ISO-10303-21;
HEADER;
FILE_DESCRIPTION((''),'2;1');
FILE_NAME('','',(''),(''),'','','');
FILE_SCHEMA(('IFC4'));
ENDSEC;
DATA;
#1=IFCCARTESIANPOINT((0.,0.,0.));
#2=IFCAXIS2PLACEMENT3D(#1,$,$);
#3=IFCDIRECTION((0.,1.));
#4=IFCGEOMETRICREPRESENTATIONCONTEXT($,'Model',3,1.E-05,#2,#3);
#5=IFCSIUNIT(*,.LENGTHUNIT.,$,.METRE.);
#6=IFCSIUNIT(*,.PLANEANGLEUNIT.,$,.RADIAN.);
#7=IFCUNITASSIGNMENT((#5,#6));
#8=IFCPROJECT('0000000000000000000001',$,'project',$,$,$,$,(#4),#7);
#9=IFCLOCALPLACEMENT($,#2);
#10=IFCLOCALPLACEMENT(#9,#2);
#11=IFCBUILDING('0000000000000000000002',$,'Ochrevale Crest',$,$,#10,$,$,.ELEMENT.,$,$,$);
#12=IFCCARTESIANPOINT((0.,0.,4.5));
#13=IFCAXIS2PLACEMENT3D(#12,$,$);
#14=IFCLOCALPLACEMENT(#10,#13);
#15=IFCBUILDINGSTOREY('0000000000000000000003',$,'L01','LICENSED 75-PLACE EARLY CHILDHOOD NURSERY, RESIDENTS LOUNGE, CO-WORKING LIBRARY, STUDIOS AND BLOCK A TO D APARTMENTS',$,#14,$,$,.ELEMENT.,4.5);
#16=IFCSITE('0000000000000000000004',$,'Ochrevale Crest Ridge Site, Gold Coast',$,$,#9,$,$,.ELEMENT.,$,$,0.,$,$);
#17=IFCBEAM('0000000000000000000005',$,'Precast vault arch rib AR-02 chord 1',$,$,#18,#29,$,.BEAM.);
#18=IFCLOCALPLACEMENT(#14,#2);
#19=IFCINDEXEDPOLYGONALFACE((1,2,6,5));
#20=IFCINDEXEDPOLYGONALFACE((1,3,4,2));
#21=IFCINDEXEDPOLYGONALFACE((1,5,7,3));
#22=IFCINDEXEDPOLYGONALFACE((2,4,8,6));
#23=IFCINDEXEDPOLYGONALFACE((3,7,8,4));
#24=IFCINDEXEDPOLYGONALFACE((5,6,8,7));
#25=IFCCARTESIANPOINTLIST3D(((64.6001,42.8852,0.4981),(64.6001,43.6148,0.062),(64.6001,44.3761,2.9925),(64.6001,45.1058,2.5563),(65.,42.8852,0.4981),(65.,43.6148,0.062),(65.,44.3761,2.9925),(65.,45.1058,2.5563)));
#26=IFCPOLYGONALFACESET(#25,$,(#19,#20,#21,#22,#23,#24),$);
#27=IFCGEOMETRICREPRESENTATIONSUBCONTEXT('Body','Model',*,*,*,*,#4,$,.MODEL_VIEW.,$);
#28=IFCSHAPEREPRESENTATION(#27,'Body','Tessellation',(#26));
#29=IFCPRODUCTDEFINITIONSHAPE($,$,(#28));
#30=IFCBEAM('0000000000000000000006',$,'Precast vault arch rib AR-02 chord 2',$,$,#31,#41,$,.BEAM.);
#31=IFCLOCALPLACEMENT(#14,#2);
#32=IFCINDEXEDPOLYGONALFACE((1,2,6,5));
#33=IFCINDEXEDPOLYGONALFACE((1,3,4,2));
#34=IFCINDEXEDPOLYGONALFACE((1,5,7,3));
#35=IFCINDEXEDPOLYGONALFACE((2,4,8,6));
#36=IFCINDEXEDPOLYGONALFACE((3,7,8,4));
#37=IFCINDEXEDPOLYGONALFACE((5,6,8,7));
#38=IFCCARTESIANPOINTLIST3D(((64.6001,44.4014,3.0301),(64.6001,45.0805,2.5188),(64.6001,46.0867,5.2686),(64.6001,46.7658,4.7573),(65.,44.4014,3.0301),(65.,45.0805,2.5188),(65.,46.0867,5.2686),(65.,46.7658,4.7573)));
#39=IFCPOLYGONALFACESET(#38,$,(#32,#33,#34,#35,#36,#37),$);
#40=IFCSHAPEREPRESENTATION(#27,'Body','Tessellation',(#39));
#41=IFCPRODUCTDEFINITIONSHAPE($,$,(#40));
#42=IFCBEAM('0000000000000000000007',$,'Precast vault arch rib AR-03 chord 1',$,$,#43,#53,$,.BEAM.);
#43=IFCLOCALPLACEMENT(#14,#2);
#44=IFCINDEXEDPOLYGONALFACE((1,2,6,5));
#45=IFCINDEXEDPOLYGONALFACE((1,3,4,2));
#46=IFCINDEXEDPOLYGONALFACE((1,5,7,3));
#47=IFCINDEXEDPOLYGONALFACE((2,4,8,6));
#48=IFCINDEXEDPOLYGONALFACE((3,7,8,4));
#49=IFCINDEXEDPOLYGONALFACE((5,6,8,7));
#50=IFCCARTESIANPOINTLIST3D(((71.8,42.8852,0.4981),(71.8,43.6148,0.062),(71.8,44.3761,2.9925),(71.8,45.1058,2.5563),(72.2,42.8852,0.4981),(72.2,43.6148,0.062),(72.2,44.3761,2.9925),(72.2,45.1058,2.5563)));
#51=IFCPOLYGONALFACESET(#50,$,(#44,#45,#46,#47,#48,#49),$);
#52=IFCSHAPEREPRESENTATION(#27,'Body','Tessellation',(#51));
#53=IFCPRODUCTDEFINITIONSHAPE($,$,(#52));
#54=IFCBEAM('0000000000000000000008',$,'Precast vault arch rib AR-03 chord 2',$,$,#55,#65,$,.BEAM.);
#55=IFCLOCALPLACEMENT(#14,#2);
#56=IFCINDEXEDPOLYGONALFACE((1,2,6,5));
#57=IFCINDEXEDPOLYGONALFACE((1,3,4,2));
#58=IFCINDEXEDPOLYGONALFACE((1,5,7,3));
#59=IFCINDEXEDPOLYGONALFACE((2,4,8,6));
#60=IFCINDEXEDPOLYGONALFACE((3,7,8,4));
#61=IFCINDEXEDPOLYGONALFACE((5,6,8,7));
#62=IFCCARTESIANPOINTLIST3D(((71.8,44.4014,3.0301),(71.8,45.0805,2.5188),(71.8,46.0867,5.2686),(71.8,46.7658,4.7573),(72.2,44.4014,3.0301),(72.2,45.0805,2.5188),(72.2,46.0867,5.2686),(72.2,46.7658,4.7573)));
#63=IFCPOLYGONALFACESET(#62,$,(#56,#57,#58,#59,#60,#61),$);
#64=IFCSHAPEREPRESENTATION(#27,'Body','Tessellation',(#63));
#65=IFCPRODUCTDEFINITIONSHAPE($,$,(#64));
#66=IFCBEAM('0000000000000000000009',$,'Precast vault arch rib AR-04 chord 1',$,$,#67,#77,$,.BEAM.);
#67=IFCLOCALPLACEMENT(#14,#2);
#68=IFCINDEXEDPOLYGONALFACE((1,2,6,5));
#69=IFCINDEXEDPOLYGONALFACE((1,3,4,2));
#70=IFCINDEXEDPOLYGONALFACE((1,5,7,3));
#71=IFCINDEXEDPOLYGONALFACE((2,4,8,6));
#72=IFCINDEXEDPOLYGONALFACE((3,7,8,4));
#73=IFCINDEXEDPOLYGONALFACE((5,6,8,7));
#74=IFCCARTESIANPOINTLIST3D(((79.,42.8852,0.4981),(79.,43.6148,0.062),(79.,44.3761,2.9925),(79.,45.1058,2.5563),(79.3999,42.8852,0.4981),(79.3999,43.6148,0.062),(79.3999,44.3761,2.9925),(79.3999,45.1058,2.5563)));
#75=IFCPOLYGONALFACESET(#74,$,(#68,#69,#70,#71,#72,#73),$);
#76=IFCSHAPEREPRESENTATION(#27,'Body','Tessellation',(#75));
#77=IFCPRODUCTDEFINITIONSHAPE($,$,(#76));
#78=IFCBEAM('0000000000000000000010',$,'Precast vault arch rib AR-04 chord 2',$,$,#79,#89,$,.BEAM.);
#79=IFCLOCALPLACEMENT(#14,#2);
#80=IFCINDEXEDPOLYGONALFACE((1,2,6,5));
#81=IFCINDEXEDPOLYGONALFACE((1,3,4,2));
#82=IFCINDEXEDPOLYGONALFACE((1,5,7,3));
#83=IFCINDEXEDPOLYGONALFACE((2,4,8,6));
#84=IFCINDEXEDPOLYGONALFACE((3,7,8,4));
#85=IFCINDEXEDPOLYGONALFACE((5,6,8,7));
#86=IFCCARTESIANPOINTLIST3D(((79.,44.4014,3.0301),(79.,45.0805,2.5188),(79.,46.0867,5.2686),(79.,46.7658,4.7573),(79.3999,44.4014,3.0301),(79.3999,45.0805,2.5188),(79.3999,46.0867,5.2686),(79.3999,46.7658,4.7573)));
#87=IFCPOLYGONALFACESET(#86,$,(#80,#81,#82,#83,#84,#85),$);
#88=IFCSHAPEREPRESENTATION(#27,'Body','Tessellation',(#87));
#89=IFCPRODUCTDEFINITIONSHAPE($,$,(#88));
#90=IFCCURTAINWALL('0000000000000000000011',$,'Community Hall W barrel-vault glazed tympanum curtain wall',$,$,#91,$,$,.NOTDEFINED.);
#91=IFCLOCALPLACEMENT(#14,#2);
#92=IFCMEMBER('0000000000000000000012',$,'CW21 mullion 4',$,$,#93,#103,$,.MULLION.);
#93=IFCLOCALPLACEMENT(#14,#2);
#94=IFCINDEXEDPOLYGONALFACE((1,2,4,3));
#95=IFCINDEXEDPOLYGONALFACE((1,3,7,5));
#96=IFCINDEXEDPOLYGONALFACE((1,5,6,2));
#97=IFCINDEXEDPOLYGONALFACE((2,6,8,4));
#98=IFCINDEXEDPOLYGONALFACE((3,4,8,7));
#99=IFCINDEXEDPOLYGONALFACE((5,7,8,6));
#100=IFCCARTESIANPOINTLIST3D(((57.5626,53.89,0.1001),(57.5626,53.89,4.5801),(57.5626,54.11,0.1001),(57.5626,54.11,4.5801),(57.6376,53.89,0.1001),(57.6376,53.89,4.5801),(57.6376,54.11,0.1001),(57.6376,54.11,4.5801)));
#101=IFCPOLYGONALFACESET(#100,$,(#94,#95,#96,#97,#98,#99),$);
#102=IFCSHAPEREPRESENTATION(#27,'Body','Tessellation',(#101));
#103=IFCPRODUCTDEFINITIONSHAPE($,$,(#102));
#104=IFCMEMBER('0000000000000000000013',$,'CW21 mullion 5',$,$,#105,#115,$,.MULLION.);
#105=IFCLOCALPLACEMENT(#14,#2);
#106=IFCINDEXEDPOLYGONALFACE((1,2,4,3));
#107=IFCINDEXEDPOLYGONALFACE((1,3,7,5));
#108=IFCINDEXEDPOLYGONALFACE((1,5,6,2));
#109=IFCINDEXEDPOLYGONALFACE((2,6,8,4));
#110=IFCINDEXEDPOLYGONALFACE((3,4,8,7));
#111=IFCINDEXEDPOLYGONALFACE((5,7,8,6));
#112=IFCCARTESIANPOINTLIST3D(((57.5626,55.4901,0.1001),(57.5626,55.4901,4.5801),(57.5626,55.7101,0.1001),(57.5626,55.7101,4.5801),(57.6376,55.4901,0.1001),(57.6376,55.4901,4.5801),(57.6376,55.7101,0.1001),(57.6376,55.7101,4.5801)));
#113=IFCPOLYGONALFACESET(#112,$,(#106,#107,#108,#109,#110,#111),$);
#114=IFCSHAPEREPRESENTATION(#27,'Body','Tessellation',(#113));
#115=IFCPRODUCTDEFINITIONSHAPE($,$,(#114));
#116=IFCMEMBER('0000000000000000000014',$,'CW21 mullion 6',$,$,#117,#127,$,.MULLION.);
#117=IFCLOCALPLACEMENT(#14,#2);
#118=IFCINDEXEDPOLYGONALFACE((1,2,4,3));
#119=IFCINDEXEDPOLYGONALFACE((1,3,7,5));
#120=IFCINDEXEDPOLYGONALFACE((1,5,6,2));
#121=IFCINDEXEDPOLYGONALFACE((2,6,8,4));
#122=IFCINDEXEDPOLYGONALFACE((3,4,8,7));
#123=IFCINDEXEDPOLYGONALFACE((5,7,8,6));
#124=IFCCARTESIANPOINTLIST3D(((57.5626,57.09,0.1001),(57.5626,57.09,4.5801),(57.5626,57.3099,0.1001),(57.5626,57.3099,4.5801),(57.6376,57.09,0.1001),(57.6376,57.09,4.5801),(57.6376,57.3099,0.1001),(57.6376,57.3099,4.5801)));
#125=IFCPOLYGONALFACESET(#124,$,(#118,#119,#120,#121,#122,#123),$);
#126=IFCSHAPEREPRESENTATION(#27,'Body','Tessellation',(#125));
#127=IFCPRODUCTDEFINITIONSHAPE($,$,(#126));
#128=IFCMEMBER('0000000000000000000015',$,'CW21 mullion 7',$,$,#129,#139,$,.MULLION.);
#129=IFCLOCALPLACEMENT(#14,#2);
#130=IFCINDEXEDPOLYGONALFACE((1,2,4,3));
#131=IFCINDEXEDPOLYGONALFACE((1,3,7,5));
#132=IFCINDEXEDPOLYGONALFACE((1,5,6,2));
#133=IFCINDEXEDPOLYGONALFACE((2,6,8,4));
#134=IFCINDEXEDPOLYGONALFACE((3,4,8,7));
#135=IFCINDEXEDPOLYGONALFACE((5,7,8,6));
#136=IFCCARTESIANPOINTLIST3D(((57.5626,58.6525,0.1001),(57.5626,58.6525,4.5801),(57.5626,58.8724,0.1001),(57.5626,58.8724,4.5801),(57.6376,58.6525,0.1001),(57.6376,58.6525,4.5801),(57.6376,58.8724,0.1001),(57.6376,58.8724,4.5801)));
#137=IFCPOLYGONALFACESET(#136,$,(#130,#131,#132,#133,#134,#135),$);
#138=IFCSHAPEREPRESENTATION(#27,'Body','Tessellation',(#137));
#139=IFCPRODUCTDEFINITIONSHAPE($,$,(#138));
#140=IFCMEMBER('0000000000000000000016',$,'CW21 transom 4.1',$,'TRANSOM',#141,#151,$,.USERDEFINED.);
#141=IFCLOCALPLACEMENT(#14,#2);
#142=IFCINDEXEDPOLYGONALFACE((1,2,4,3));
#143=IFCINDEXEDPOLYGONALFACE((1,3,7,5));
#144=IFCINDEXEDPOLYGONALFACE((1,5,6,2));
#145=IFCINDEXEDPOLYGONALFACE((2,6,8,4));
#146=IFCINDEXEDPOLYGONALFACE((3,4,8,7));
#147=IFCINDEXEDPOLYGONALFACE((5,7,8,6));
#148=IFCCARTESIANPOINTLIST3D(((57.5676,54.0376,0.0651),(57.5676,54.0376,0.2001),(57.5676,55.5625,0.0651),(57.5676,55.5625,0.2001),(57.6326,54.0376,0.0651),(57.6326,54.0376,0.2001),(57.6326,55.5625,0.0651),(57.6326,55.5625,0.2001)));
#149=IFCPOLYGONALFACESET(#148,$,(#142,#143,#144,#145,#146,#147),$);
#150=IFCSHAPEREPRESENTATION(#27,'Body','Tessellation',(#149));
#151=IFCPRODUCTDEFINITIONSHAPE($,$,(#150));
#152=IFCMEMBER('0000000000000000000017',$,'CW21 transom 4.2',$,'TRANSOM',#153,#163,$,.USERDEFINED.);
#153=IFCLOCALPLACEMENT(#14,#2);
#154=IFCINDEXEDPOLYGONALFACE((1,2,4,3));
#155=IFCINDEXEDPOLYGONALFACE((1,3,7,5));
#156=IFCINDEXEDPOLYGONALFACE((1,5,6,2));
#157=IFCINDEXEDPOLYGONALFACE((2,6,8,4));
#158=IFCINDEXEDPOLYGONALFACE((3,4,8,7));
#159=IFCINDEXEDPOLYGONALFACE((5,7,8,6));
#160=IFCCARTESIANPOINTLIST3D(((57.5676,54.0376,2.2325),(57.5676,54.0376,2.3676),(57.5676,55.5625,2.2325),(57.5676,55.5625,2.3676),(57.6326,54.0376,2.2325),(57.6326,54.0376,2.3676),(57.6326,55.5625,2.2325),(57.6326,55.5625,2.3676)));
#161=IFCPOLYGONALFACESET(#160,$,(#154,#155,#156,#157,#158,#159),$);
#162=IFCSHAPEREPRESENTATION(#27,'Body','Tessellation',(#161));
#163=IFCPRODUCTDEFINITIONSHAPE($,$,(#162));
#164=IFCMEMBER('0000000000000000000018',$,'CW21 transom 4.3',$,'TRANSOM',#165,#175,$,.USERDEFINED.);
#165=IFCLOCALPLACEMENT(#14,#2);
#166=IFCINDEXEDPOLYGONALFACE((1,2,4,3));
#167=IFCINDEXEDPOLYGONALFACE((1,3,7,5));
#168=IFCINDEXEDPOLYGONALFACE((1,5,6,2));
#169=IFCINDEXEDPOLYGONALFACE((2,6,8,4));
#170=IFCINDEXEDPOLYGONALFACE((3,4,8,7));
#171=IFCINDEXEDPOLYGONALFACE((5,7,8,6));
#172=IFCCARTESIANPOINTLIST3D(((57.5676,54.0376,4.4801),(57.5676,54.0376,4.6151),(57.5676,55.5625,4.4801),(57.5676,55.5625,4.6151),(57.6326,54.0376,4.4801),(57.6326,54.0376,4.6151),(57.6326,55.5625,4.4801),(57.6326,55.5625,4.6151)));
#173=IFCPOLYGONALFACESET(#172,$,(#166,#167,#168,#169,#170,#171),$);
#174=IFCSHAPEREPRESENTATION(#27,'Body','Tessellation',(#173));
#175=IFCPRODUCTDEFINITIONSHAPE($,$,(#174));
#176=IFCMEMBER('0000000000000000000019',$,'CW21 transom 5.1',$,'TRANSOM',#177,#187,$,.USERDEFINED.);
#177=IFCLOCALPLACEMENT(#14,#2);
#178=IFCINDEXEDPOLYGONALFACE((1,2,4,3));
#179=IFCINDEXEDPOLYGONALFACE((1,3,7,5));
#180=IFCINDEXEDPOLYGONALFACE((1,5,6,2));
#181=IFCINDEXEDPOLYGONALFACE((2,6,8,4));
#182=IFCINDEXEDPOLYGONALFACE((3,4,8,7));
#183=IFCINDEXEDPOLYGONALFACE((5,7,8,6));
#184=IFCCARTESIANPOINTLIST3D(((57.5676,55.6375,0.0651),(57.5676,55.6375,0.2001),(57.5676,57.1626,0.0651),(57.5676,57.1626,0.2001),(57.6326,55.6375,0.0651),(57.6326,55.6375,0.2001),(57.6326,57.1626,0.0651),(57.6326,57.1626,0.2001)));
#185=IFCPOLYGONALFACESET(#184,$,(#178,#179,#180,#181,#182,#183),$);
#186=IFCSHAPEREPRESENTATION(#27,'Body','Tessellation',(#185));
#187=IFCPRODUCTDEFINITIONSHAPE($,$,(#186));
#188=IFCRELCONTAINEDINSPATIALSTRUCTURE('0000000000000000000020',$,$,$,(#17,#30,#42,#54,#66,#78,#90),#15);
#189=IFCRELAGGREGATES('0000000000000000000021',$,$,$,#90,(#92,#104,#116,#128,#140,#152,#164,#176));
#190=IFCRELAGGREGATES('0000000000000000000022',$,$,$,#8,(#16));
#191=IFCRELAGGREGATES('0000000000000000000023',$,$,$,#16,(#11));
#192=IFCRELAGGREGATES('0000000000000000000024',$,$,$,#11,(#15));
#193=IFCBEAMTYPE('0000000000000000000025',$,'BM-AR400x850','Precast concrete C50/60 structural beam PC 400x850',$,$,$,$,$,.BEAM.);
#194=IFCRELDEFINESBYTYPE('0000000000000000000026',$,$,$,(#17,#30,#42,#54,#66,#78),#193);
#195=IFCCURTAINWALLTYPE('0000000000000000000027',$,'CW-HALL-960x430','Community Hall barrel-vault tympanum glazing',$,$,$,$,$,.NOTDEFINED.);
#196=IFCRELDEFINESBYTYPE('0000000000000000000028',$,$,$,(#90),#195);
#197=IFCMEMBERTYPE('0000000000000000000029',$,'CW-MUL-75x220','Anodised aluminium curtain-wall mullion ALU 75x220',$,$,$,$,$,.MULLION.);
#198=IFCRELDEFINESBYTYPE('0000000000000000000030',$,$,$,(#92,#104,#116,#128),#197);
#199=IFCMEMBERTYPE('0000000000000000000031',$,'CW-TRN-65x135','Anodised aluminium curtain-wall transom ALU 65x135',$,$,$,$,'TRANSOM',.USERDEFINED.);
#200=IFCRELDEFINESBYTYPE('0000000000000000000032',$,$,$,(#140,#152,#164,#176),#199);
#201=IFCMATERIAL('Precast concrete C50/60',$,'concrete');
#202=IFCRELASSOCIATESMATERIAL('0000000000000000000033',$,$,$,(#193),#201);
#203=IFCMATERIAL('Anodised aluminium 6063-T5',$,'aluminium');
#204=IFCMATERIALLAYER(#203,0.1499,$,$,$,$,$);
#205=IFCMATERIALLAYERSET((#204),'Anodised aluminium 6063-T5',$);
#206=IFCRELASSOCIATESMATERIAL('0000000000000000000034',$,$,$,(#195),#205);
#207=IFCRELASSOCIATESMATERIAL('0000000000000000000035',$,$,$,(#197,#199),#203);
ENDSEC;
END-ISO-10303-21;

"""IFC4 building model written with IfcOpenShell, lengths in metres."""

from ifc_helpers import new_model, si_unit, direction, frame, origin, origin_2d, place, context, subcontext, project, spatial, rectangle, extrude, material, layer, layer_set, material_profile, profile_set, type_object, element, aggregate, save


model = new_model("IFC4")

# Units and contexts
model_context = context("Model", 3, precision=1e-05, world=origin(), true_north=direction((0.0, 1.0)))
body_context = subcontext(model_context, "Body", "Model", "MODEL_VIEW")
ifc_project = project(units=[si_unit("LENGTHUNIT", "METRE"), si_unit("PLANEANGLEUNIT", "RADIAN")], contexts=[model_context])

# Site, building, storey
site_placement = place(None, origin())
site = spatial("IfcSite", under=ifc_project, at=site_placement, Name="Ochrevale Crest Ridge Site, Gold Coast", CompositionType="ELEMENT", RefElevation=0.0)
building_placement = place(site_placement, origin())
building = spatial("IfcBuilding", under=site, at=building_placement, Name="Ochrevale Crest", CompositionType="ELEMENT")
storey_placement = place(building_placement, frame((0.0, 0.0, 4.5)))
storey = spatial("IfcBuildingStorey", under=building, at=storey_placement, Name="L01", Description="LICENSED 75-PLACE EARLY CHILDHOOD NURSERY, RESIDENTS LOUNGE, CO-WORKING LIBRARY, STUDIOS AND BLOCK A TO D APARTMENTS", CompositionType="ELEMENT", Elevation=4.5)

# Beams
ifc_material_1 = material(Name="Precast concrete C50/60", Category="concrete")
ifc_material_profile_1 = material_profile(ifc_material_1, rectangle(XDim=0.3999, YDim=0.8501, at=origin_2d()), Name="PC 400x850")
ifc_profile_set_1 = profile_set([ifc_material_profile_1], Name="Precast concrete C50/60")
beam_type = type_object("IfcBeamType", Name="BM-AR400x850", Description="Precast concrete C50/60 structural beam PC 400x850", PredefinedType="BEAM", material=ifc_profile_set_1)
beam_1_placement = place(storey_placement, frame((64.8, 43.25, 0.28), z_axis=(0.0, 0.513062, 0.858352), x_axis=(-1.0, 0.0, 0.0)))
element("IfcBeam", 1, at=beam_1_placement, inside=storey, type_object=beam_type, Name="Precast vault arch rib AR-02 chord 1", PredefinedType="BEAM", context=body_context, shape_type="SweptSolid", body=[
    extrude(rectangle(XDim=0.3999, YDim=0.8501, at=origin_2d()), origin(), (0.0, 0.0, 1.0), 2.906),
])
beam_2_placement = place(storey_placement, frame((64.8, 44.741, 2.7744), z_axis=(0.0, 0.601463, 0.798901), x_axis=(-1.0, 0.0, 0.0)))
element("IfcBeam", 2, at=beam_2_placement, inside=storey, type_object=beam_type, Name="Precast vault arch rib AR-02 chord 2", PredefinedType="BEAM", context=body_context, shape_type="SweptSolid", body=[
    extrude(rectangle(XDim=0.3999, YDim=0.8501, at=origin_2d()), origin(), (0.0, 0.0, 1.0), 2.802),
])
beam_3_placement = place(storey_placement, frame((72.0, 43.25, 0.28), z_axis=(0.0, 0.513062, 0.858352), x_axis=(-1.0, 0.0, 0.0)))
element("IfcBeam", 3, at=beam_3_placement, inside=storey, type_object=beam_type, Name="Precast vault arch rib AR-03 chord 1", PredefinedType="BEAM", context=body_context, shape_type="SweptSolid", body=[
    extrude(rectangle(XDim=0.3999, YDim=0.8501, at=origin_2d()), origin(), (0.0, 0.0, 1.0), 2.906),
])
beam_4_placement = place(storey_placement, frame((72.0, 44.741, 2.7744), z_axis=(0.0, 0.601463, 0.798901), x_axis=(-1.0, 0.0, 0.0)))
element("IfcBeam", 4, at=beam_4_placement, inside=storey, type_object=beam_type, Name="Precast vault arch rib AR-03 chord 2", PredefinedType="BEAM", context=body_context, shape_type="SweptSolid", body=[
    extrude(rectangle(XDim=0.3999, YDim=0.8501, at=origin_2d()), origin(), (0.0, 0.0, 1.0), 2.802),
])
beam_5_placement = place(storey_placement, frame((79.2, 43.25, 0.28), z_axis=(0.0, 0.513062, 0.858352), x_axis=(-1.0, 0.0, 0.0)))
element("IfcBeam", 5, at=beam_5_placement, inside=storey, type_object=beam_type, Name="Precast vault arch rib AR-04 chord 1", PredefinedType="BEAM", context=body_context, shape_type="SweptSolid", body=[
    extrude(rectangle(XDim=0.3999, YDim=0.8501, at=origin_2d()), origin(), (0.0, 0.0, 1.0), 2.906),
])
beam_6_placement = place(storey_placement, frame((79.2, 44.741, 2.7744), z_axis=(0.0, 0.601463, 0.798901), x_axis=(-1.0, 0.0, 0.0)))
element("IfcBeam", 6, at=beam_6_placement, inside=storey, type_object=beam_type, Name="Precast vault arch rib AR-04 chord 2", PredefinedType="BEAM", context=body_context, shape_type="SweptSolid", body=[
    extrude(rectangle(XDim=0.3999, YDim=0.8501, at=origin_2d()), origin(), (0.0, 0.0, 1.0), 2.802),
])

# Curtain wall, members
ifc_material_2 = material(Name="Anodised aluminium 6063-T5", Category="aluminium")
ifc_layer_1 = layer(ifc_material_2, 0.1499)
ifc_layer_set_1 = layer_set([ifc_layer_1], Name="Anodised aluminium 6063-T5")
curtain_wall_type = type_object("IfcCurtainWallType", Name="CW-HALL-960x430", Description="Community Hall barrel-vault tympanum glazing", PredefinedType="NOTDEFINED", material=ifc_layer_set_1)
curtain_wall_placement = place(storey_placement, origin())
curtain_wall = element("IfcCurtainWall", 7, at=curtain_wall_placement, inside=storey, type_object=curtain_wall_type, Name="Community Hall W barrel-vault glazed tympanum curtain wall", PredefinedType="NOTDEFINED")
ifc_material_profile_2 = material_profile(ifc_material_2, rectangle(XDim=0.075, YDim=0.22, at=origin_2d()), Name="ALU 75x220")
ifc_profile_set_2 = profile_set([ifc_material_profile_2], Name="Anodised aluminium 6063-T5")
member_type_1 = type_object("IfcMemberType", Name="CW-MUL-75x220", Description="Anodised aluminium curtain-wall mullion ALU 75x220", PredefinedType="MULLION", material=ifc_profile_set_2)
member_1_placement = place(storey_placement, frame((57.6001, 54.0, 0.1001), z_axis=(0.0, 0.0, 1.0), x_axis=(-1.0, 0.0, 0.0)))
member_1 = element("IfcMember", 8, at=member_1_placement, type_object=member_type_1, Name="CW21 mullion 4", PredefinedType="MULLION", context=body_context, shape_type="SweptSolid", body=[
    extrude(rectangle(XDim=0.075, YDim=0.22, at=origin_2d()), origin(), (0.0, 0.0, 1.0), 4.48),
])
member_2_placement = place(storey_placement, frame((57.6001, 55.6001, 0.1001), z_axis=(0.0, 0.0, 1.0), x_axis=(-1.0, 0.0, 0.0)))
member_2 = element("IfcMember", 9, at=member_2_placement, type_object=member_type_1, Name="CW21 mullion 5", PredefinedType="MULLION", context=body_context, shape_type="SweptSolid", body=[
    extrude(rectangle(XDim=0.075, YDim=0.22, at=origin_2d()), origin(), (0.0, 0.0, 1.0), 4.48),
])
member_3_placement = place(storey_placement, frame((57.6001, 57.2, 0.1001), z_axis=(0.0, 0.0, 1.0), x_axis=(-1.0, 0.0, 0.0)))
member_3 = element("IfcMember", 10, at=member_3_placement, type_object=member_type_1, Name="CW21 mullion 6", PredefinedType="MULLION", context=body_context, shape_type="SweptSolid", body=[
    extrude(rectangle(XDim=0.075, YDim=0.22, at=origin_2d()), origin(), (0.0, 0.0, 1.0), 4.48),
])
member_4_placement = place(storey_placement, frame((57.6001, 58.7625, 0.1001), z_axis=(0.0, 0.0, 1.0), x_axis=(-1.0, 0.0, 0.0)))
member_4 = element("IfcMember", 11, at=member_4_placement, type_object=member_type_1, Name="CW21 mullion 7", PredefinedType="MULLION", context=body_context, shape_type="SweptSolid", body=[
    extrude(rectangle(XDim=0.075, YDim=0.22, at=origin_2d()), origin(), (0.0, 0.0, 1.0), 4.48),
])
ifc_material_profile_3 = material_profile(ifc_material_2, rectangle(XDim=0.0649, YDim=0.135, at=origin_2d()), Name="ALU 65x135")
ifc_profile_set_3 = profile_set([ifc_material_profile_3], Name="Anodised aluminium 6063-T5")
member_type_2 = type_object("IfcMemberType", Name="CW-TRN-65x135", Description="Anodised aluminium curtain-wall transom ALU 65x135", ElementType="TRANSOM", PredefinedType="USERDEFINED", material=ifc_profile_set_3)
member_5_placement = place(storey_placement, frame((57.6001, 54.0376, 0.1326), z_axis=(0.0, 1.0, 0.0), x_axis=(-1.0, 0.0, 0.0)))
member_5 = element("IfcMember", 12, at=member_5_placement, type_object=member_type_2, Name="CW21 transom 4.1", ObjectType="TRANSOM", PredefinedType="USERDEFINED", context=body_context, shape_type="SweptSolid", body=[
    extrude(rectangle(XDim=0.0649, YDim=0.135, at=origin_2d()), origin(), (0.0, 0.0, 1.0), 1.5249),
])
member_6_placement = place(storey_placement, frame((57.6001, 54.0376, 2.3), z_axis=(0.0, 1.0, 0.0), x_axis=(-1.0, 0.0, 0.0)))
member_6 = element("IfcMember", 13, at=member_6_placement, type_object=member_type_2, Name="CW21 transom 4.2", ObjectType="TRANSOM", PredefinedType="USERDEFINED", context=body_context, shape_type="SweptSolid", body=[
    extrude(rectangle(XDim=0.0649, YDim=0.135, at=origin_2d()), origin(), (0.0, 0.0, 1.0), 1.5249),
])
member_7_placement = place(storey_placement, frame((57.6001, 54.0376, 4.5476), z_axis=(0.0, 1.0, 0.0), x_axis=(-1.0, 0.0, 0.0)))
member_7 = element("IfcMember", 14, at=member_7_placement, type_object=member_type_2, Name="CW21 transom 4.3", ObjectType="TRANSOM", PredefinedType="USERDEFINED", context=body_context, shape_type="SweptSolid", body=[
    extrude(rectangle(XDim=0.0649, YDim=0.135, at=origin_2d()), origin(), (0.0, 0.0, 1.0), 1.5249),
])
member_8_placement = place(storey_placement, frame((57.6001, 55.6375, 0.1326), z_axis=(0.0, 1.0, 0.0), x_axis=(-1.0, 0.0, 0.0)))
member_8 = element("IfcMember", 15, at=member_8_placement, type_object=member_type_2, Name="CW21 transom 5.1", ObjectType="TRANSOM", PredefinedType="USERDEFINED", context=body_context, shape_type="SweptSolid", body=[
    extrude(rectangle(XDim=0.0649, YDim=0.135, at=origin_2d()), origin(), (0.0, 0.0, 1.0), 1.5251),
])

aggregate(curtain_wall, [member_1, member_2, member_3, member_4, member_5, member_6, member_7, member_8])

save(model, "model.ifc")
